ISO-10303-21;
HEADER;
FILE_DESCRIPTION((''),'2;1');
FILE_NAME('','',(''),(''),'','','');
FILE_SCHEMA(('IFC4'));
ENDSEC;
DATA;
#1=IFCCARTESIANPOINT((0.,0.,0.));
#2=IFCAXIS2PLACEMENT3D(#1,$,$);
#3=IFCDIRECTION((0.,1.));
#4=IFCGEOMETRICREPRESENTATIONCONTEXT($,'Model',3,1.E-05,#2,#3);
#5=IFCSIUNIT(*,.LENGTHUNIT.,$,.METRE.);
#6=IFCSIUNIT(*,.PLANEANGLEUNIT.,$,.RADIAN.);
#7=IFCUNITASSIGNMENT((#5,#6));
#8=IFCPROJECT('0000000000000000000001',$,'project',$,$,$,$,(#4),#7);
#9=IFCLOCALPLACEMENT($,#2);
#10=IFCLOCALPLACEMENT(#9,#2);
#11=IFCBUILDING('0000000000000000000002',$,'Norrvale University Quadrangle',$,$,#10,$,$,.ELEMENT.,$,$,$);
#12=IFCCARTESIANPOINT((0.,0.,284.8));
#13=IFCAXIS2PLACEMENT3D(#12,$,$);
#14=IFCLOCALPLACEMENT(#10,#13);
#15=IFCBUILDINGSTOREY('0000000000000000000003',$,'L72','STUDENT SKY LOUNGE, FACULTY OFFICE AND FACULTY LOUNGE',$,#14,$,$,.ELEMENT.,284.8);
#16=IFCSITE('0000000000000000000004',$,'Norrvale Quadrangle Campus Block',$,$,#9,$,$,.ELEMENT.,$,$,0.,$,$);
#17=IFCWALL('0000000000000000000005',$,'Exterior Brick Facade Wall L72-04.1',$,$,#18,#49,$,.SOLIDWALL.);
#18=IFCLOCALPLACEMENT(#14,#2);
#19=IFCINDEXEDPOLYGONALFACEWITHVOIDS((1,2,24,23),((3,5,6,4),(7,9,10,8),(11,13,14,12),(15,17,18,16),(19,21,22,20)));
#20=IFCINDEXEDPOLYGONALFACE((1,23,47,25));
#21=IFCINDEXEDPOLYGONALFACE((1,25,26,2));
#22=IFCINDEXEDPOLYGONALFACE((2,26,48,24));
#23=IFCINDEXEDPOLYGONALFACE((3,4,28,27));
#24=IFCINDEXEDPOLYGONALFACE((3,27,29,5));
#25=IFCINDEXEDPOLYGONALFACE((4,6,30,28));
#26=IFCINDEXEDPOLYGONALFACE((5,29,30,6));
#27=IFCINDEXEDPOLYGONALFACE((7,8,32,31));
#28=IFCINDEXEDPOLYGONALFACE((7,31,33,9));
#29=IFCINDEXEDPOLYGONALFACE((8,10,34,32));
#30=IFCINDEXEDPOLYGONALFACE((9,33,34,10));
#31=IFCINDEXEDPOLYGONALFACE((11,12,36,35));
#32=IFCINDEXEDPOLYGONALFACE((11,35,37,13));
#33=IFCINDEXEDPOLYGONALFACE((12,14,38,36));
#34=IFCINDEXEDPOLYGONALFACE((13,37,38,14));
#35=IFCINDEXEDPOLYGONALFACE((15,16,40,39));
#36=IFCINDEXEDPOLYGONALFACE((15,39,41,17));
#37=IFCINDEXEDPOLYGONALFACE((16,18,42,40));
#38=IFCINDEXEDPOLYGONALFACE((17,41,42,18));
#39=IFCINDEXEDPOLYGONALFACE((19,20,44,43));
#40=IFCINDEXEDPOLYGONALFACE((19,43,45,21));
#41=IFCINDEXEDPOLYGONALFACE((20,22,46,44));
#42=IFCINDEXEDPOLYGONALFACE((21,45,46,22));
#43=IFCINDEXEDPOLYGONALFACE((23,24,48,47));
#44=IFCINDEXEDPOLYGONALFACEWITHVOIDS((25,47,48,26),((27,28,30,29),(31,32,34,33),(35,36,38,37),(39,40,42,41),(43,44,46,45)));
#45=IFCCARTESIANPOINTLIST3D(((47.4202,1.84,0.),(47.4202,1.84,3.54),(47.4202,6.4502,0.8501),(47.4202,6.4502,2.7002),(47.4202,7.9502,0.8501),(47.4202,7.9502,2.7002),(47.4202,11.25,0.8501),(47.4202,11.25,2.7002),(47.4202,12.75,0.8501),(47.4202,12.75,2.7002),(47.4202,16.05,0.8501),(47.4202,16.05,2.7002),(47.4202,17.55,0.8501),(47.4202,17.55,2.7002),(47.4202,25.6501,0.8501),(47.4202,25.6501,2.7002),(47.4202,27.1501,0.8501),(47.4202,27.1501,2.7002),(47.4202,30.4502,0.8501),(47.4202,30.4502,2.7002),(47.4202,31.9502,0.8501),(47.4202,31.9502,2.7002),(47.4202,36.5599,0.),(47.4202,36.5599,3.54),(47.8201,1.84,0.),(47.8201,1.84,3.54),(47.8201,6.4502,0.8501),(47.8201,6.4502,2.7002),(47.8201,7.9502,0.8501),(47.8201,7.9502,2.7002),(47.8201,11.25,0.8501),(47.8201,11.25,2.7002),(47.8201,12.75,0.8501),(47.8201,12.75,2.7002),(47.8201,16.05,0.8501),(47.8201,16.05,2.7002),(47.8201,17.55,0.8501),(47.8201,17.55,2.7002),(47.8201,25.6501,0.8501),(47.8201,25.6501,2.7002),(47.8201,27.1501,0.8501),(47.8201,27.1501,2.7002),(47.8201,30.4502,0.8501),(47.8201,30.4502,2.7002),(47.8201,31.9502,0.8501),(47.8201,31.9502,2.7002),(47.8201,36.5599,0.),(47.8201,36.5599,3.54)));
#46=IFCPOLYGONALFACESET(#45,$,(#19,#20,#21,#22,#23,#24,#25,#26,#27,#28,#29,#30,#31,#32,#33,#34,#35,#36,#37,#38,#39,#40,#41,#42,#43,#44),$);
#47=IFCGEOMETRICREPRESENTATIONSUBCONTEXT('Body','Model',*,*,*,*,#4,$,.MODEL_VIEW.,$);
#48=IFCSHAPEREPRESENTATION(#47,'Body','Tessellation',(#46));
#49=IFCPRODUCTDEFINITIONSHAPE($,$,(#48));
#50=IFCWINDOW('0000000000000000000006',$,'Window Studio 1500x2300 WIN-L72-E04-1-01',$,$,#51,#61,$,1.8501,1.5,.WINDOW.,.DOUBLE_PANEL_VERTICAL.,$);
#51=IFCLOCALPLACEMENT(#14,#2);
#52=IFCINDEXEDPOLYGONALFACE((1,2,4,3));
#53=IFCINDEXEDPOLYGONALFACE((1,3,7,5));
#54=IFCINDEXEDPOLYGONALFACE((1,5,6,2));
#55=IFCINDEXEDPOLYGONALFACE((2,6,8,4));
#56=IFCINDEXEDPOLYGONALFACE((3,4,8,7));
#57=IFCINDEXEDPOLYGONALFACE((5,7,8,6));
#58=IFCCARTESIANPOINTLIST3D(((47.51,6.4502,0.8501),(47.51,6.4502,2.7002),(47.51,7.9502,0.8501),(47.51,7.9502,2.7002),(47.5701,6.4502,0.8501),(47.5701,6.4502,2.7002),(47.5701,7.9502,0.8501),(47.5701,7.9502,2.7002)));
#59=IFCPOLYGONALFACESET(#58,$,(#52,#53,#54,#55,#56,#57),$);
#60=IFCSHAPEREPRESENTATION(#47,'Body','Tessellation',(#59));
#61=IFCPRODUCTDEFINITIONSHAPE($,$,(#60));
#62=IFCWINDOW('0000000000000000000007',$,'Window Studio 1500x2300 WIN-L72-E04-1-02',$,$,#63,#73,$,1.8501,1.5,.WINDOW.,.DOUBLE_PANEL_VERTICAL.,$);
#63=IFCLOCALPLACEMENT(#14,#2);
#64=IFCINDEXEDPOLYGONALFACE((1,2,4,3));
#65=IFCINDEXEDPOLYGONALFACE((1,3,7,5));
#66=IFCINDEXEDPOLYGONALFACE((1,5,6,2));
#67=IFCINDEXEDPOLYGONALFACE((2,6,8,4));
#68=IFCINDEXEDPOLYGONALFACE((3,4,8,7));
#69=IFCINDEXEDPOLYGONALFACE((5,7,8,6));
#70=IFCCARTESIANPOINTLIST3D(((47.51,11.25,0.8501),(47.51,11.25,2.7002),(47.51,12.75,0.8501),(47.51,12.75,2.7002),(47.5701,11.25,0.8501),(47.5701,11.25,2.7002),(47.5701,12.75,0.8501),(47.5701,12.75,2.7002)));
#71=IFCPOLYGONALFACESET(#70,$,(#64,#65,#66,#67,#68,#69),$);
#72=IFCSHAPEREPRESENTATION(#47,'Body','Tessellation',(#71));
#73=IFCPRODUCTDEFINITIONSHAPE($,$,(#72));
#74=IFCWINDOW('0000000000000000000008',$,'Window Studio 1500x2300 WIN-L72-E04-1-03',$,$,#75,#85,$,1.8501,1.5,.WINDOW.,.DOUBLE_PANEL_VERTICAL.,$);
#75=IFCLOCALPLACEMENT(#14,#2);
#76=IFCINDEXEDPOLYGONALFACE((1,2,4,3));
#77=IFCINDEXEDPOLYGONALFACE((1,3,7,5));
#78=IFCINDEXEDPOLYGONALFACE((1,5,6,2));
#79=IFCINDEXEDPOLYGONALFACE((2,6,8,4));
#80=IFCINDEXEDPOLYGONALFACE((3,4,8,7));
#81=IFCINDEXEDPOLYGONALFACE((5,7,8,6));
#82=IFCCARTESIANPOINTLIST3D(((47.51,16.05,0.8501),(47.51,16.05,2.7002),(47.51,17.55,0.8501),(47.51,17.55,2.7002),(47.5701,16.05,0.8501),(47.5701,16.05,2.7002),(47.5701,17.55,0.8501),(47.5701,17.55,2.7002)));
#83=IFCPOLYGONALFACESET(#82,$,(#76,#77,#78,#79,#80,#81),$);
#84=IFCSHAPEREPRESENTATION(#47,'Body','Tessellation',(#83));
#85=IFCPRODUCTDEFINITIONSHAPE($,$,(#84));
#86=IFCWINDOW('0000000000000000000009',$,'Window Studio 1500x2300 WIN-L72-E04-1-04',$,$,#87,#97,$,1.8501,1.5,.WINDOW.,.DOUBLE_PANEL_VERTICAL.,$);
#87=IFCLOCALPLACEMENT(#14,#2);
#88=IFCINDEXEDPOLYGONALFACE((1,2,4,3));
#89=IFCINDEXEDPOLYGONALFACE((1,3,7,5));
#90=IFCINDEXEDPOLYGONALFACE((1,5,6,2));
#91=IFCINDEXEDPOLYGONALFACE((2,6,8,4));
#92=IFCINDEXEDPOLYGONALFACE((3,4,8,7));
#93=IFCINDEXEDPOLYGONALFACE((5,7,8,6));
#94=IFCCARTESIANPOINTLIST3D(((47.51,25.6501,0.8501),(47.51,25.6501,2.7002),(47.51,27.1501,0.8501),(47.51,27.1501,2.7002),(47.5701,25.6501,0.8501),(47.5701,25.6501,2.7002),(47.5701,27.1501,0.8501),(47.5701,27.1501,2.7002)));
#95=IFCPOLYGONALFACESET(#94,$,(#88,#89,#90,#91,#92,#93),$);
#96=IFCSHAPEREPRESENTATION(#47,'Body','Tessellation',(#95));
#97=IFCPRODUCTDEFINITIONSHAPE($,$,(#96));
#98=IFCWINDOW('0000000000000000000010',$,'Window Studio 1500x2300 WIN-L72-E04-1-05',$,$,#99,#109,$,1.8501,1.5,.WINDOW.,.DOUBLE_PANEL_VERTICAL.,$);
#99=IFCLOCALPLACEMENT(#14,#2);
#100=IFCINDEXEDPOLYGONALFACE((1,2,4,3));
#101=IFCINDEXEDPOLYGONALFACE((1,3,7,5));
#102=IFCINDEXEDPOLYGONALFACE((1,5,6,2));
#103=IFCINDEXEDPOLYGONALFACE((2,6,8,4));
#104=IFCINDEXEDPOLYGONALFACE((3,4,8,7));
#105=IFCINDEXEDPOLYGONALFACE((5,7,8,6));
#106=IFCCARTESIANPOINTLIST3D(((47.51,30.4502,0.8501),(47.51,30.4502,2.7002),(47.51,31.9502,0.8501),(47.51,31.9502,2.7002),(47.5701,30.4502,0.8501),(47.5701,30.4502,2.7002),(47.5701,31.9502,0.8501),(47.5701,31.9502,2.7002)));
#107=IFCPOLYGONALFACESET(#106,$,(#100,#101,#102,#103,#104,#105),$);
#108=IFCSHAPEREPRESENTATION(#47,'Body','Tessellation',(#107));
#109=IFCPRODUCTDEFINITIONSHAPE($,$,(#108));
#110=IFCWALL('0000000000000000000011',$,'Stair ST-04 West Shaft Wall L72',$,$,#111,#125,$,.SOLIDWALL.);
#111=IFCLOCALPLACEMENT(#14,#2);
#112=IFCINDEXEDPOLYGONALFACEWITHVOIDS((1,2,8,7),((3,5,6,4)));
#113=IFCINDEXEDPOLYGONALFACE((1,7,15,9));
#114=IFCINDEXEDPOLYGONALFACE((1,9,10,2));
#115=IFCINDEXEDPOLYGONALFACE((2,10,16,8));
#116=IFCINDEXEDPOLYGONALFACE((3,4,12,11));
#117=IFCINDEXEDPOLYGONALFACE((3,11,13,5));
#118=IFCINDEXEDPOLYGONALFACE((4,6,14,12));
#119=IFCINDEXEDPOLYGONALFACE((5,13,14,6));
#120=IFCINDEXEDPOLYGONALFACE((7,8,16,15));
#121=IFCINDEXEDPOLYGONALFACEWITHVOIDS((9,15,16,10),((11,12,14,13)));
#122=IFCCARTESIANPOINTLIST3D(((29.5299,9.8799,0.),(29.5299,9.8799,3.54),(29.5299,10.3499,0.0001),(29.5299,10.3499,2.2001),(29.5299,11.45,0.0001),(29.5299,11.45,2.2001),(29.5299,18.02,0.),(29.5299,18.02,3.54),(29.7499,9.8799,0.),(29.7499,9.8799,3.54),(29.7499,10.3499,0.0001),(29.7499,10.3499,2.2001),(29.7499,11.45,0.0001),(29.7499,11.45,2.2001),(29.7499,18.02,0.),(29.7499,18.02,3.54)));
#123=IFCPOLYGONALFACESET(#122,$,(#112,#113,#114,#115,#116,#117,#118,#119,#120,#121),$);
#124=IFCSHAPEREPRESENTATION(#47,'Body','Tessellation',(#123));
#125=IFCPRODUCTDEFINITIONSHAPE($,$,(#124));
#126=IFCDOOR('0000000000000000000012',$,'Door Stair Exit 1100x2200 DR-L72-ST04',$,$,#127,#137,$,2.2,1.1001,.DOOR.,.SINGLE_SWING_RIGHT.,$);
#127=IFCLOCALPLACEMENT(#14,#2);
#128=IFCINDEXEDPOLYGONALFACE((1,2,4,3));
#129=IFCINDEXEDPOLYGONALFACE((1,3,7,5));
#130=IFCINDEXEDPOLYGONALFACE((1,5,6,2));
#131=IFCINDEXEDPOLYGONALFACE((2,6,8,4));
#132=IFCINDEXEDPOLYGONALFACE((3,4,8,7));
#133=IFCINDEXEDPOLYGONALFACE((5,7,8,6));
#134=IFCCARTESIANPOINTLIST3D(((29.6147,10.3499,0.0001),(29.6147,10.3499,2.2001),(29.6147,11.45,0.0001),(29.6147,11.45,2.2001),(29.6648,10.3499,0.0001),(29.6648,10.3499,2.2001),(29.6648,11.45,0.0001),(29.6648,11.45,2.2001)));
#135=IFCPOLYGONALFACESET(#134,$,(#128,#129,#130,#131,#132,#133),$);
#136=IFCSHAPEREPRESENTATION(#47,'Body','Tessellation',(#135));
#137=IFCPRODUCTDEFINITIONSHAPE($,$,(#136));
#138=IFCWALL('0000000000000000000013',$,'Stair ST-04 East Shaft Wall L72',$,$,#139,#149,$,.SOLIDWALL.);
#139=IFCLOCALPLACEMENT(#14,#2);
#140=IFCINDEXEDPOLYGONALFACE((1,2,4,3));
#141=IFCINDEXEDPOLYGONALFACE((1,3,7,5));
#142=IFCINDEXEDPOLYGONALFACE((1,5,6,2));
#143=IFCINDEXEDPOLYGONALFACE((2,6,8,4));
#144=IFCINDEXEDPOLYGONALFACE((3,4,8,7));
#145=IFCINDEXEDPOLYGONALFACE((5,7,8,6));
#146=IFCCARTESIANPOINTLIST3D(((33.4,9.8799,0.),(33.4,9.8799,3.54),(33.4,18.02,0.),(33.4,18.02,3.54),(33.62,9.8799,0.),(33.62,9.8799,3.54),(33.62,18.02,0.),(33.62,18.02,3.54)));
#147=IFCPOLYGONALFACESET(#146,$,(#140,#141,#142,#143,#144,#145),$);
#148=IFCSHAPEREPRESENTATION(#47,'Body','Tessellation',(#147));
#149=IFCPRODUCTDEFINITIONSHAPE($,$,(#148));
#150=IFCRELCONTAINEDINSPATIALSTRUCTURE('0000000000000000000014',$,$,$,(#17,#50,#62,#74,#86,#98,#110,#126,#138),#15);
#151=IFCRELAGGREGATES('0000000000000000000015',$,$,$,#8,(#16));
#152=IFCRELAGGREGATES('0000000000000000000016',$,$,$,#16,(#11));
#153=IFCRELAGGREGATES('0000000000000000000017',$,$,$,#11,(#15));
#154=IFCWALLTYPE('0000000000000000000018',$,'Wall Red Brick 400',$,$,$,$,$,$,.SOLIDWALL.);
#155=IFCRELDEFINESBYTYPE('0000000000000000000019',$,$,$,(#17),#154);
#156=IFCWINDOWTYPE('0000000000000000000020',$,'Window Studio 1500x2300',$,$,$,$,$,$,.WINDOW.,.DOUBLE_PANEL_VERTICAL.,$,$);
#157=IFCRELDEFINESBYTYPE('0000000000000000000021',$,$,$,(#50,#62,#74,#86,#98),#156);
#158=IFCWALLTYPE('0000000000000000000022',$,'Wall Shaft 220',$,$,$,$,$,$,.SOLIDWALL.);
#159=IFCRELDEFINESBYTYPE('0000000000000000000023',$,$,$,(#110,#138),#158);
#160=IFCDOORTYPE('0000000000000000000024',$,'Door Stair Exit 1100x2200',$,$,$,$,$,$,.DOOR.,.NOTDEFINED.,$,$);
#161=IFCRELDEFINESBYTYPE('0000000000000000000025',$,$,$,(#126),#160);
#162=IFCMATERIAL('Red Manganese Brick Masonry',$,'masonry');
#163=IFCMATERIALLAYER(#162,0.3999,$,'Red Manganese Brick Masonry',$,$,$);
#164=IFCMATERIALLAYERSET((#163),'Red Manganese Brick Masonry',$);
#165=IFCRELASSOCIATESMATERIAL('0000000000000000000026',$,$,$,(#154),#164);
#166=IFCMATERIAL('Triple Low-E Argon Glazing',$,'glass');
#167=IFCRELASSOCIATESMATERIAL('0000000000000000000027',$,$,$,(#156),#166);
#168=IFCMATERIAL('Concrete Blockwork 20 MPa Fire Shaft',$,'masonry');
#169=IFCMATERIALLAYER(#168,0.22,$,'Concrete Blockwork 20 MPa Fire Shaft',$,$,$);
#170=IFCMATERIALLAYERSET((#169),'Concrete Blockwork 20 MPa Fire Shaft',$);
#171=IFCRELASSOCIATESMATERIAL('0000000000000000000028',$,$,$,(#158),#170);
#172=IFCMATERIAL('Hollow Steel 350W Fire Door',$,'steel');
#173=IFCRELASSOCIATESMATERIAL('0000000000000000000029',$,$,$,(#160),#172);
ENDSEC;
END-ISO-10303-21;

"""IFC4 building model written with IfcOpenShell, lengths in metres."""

from ifc_helpers import new_model, si_unit, direction, frame, frame_2d, origin, place, context, subcontext, project, spatial, rectangle, extrude, material, layer, layer_set, type_object, element, fill, save


model = new_model("IFC4")

# Units and contexts
model_context = context("Model", 3, precision=1e-05, world=origin(), true_north=direction((0.0, 1.0)))
body_context = subcontext(model_context, "Body", "Model", "MODEL_VIEW")
ifc_project = project(units=[si_unit("LENGTHUNIT", "METRE"), si_unit("PLANEANGLEUNIT", "RADIAN")], contexts=[model_context])

# Site, building, storey
site_placement = place(None, origin())
site = spatial("IfcSite", under=ifc_project, at=site_placement, Name="Norrvale Quadrangle Campus Block", CompositionType="ELEMENT", RefElevation=0.0)
building_placement = place(site_placement, origin())
building = spatial("IfcBuilding", under=site, at=building_placement, Name="Norrvale University Quadrangle", CompositionType="ELEMENT")
storey_placement = place(building_placement, frame((0.0, 0.0, 284.8)))
storey = spatial("IfcBuildingStorey", under=building, at=storey_placement, Name="L72", Description="STUDENT SKY LOUNGE, FACULTY OFFICE AND FACULTY LOUNGE", CompositionType="ELEMENT", Elevation=284.8)

# Shared definitions
ifc_material_1 = material(Name="Red Manganese Brick Masonry", Category="masonry")
ifc_layer_1 = layer(ifc_material_1, 0.3999, Name="Red Manganese Brick Masonry")
ifc_layer_set_1 = layer_set([ifc_layer_1], Name="Red Manganese Brick Masonry")
wall_type_1 = type_object("IfcWallType", Name="Wall Red Brick 400", PredefinedType="SOLIDWALL", material=ifc_layer_set_1)

# Wall, openings, windows
wall_1_placement = place(storey_placement, frame((47.6201, 1.8401, 0.0), z_axis=(0.0, 0.0, 1.0), x_axis=(0.0, 1.0, 0.0)))
wall_1 = element("IfcWall", 1, at=wall_1_placement, inside=storey, type_object=wall_type_1, Name="Exterior Brick Facade Wall L72-04.1", PredefinedType="SOLIDWALL", context=body_context, shape_type="SweptSolid", body=[
    extrude(rectangle(XDim=34.72, YDim=0.3999, at=frame_2d((17.3599, 0.0))), origin(), (0.0, 0.0, 1.0), 3.54),
])
opening_1_placement = place(wall_1_placement, frame((4.6101, 0.0, 0.8501)))
opening_1 = element("IfcOpeningElement", 2, at=opening_1_placement, cuts=wall_1, PredefinedType="OPENING", context=body_context, shape_type="SweptSolid", body=[
    extrude(rectangle(XDim=1.5, YDim=1.8501, at=frame_2d((0.75, 0.925))), frame((0.0, 0.2119, 0.0), z_axis=(0.0, -1.0, 0.0), x_axis=(1.0, 0.0, 0.0)), (0.0, 0.0, 1.0), 0.4238),
])
opening_2_placement = place(wall_1_placement, frame((9.4099, 0.0, 0.8501)))
opening_2 = element("IfcOpeningElement", 3, at=opening_2_placement, cuts=wall_1, PredefinedType="OPENING", context=body_context, shape_type="SweptSolid", body=[
    extrude(rectangle(XDim=1.5, YDim=1.8501, at=frame_2d((0.75, 0.925))), frame((0.0, 0.2119, 0.0), z_axis=(0.0, -1.0, 0.0), x_axis=(1.0, 0.0, 0.0)), (0.0, 0.0, 1.0), 0.4238),
])
opening_3_placement = place(wall_1_placement, frame((14.21, 0.0, 0.8501)))
opening_3 = element("IfcOpeningElement", 4, at=opening_3_placement, cuts=wall_1, PredefinedType="OPENING", context=body_context, shape_type="SweptSolid", body=[
    extrude(rectangle(XDim=1.5, YDim=1.8501, at=frame_2d((0.75, 0.925))), frame((0.0, 0.2119, 0.0), z_axis=(0.0, -1.0, 0.0), x_axis=(1.0, 0.0, 0.0)), (0.0, 0.0, 1.0), 0.4238),
])
opening_4_placement = place(wall_1_placement, frame((23.8101, 0.0, 0.8501)))
opening_4 = element("IfcOpeningElement", 5, at=opening_4_placement, cuts=wall_1, PredefinedType="OPENING", context=body_context, shape_type="SweptSolid", body=[
    extrude(rectangle(XDim=1.5, YDim=1.8501, at=frame_2d((0.75, 0.925))), frame((0.0, 0.2119, 0.0), z_axis=(0.0, -1.0, 0.0), x_axis=(1.0, 0.0, 0.0)), (0.0, 0.0, 1.0), 0.4238),
])
opening_5_placement = place(wall_1_placement, frame((28.6101, 0.0, 0.8501)))
opening_5 = element("IfcOpeningElement", 6, at=opening_5_placement, cuts=wall_1, PredefinedType="OPENING", context=body_context, shape_type="SweptSolid", body=[
    extrude(rectangle(XDim=1.5, YDim=1.8501, at=frame_2d((0.75, 0.925))), frame((0.0, 0.2119, 0.0), z_axis=(0.0, -1.0, 0.0), x_axis=(1.0, 0.0, 0.0)), (0.0, 0.0, 1.0), 0.4238),
])
ifc_material_2 = material(Name="Triple Low-E Argon Glazing", Category="glass")
window_type = type_object("IfcWindowType", Name="Window Studio 1500x2300", PartitioningType="DOUBLE_PANEL_VERTICAL", PredefinedType="WINDOW", material=ifc_material_2)
window_1_placement = place(opening_1_placement, origin())
window_1 = element("IfcWindow", 7, at=window_1_placement, inside=storey, type_object=window_type, Name="Window Studio 1500x2300 WIN-L72-E04-1-01", OverallHeight=1.8501, OverallWidth=1.5, PartitioningType="DOUBLE_PANEL_VERTICAL", PredefinedType="WINDOW", context=body_context, shape_type="SweptSolid", body=[
    extrude(rectangle(XDim=1.5, YDim=1.8501, at=frame_2d((0.75, 0.925))), frame((0.0, 0.1101, 0.0), z_axis=(0.0, -1.0, 0.0), x_axis=(1.0, 0.0, 0.0)), (0.0, 0.0, 1.0), 0.0601),
])
fill(opening_1, window_1)
window_2_placement = place(opening_2_placement, origin())
window_2 = element("IfcWindow", 8, at=window_2_placement, inside=storey, type_object=window_type, Name="Window Studio 1500x2300 WIN-L72-E04-1-02", OverallHeight=1.8501, OverallWidth=1.5, PartitioningType="DOUBLE_PANEL_VERTICAL", PredefinedType="WINDOW", context=body_context, shape_type="SweptSolid", body=[
    extrude(rectangle(XDim=1.5, YDim=1.8501, at=frame_2d((0.75, 0.925))), frame((0.0, 0.1101, 0.0), z_axis=(0.0, -1.0, 0.0), x_axis=(1.0, 0.0, 0.0)), (0.0, 0.0, 1.0), 0.0601),
])
fill(opening_2, window_2)
window_3_placement = place(opening_3_placement, origin())
window_3 = element("IfcWindow", 9, at=window_3_placement, inside=storey, type_object=window_type, Name="Window Studio 1500x2300 WIN-L72-E04-1-03", OverallHeight=1.8501, OverallWidth=1.5, PartitioningType="DOUBLE_PANEL_VERTICAL", PredefinedType="WINDOW", context=body_context, shape_type="SweptSolid", body=[
    extrude(rectangle(XDim=1.5, YDim=1.8501, at=frame_2d((0.75, 0.925))), frame((0.0, 0.1101, 0.0), z_axis=(0.0, -1.0, 0.0), x_axis=(1.0, 0.0, 0.0)), (0.0, 0.0, 1.0), 0.0601),
])
fill(opening_3, window_3)
window_4_placement = place(opening_4_placement, origin())
window_4 = element("IfcWindow", 10, at=window_4_placement, inside=storey, type_object=window_type, Name="Window Studio 1500x2300 WIN-L72-E04-1-04", OverallHeight=1.8501, OverallWidth=1.5, PartitioningType="DOUBLE_PANEL_VERTICAL", PredefinedType="WINDOW", context=body_context, shape_type="SweptSolid", body=[
    extrude(rectangle(XDim=1.5, YDim=1.8501, at=frame_2d((0.75, 0.925))), frame((0.0, 0.1101, 0.0), z_axis=(0.0, -1.0, 0.0), x_axis=(1.0, 0.0, 0.0)), (0.0, 0.0, 1.0), 0.0601),
])
fill(opening_4, window_4)
window_5_placement = place(opening_5_placement, origin())
window_5 = element("IfcWindow", 11, at=window_5_placement, inside=storey, type_object=window_type, Name="Window Studio 1500x2300 WIN-L72-E04-1-05", OverallHeight=1.8501, OverallWidth=1.5, PartitioningType="DOUBLE_PANEL_VERTICAL", PredefinedType="WINDOW", context=body_context, shape_type="SweptSolid", body=[
    extrude(rectangle(XDim=1.5, YDim=1.8501, at=frame_2d((0.75, 0.925))), frame((0.0, 0.1101, 0.0), z_axis=(0.0, -1.0, 0.0), x_axis=(1.0, 0.0, 0.0)), (0.0, 0.0, 1.0), 0.0601),
])
fill(opening_5, window_5)

# Wall, opening, door
ifc_material_3 = material(Name="Concrete Blockwork 20 MPa Fire Shaft", Category="masonry")
ifc_layer_2 = layer(ifc_material_3, 0.22, Name="Concrete Blockwork 20 MPa Fire Shaft")
ifc_layer_set_2 = layer_set([ifc_layer_2], Name="Concrete Blockwork 20 MPa Fire Shaft")
wall_type_2 = type_object("IfcWallType", Name="Wall Shaft 220", PredefinedType="SOLIDWALL", material=ifc_layer_set_2)
wall_2_placement = place(storey_placement, frame((29.6399, 9.8799, 0.0), z_axis=(0.0, 0.0, 1.0), x_axis=(0.0, 1.0, 0.0)))
wall_2 = element("IfcWall", 12, at=wall_2_placement, inside=storey, type_object=wall_type_2, Name="Stair ST-04 West Shaft Wall L72", PredefinedType="SOLIDWALL", context=body_context, shape_type="SweptSolid", body=[
    extrude(rectangle(XDim=8.1401, YDim=0.22, at=frame_2d((4.0701, 0.0))), origin(), (0.0, 0.0, 1.0), 3.54),
])
opening_6_placement = place(wall_2_placement, frame((0.47, 0.0, 0.0)))
opening_6 = element("IfcOpeningElement", 13, at=opening_6_placement, cuts=wall_2, PredefinedType="OPENING", context=body_context, shape_type="SweptSolid", body=[
    extrude(rectangle(XDim=1.1001, YDim=2.2, at=frame_2d((0.55, 1.1001))), frame((0.0, 0.1221, 0.0), z_axis=(0.0, -1.0, 0.0), x_axis=(1.0, 0.0, 0.0)), (0.0, 0.0, 1.0), 0.2439),
])
ifc_material_4 = material(Name="Hollow Steel 350W Fire Door", Category="steel")
door_type = type_object("IfcDoorType", Name="Door Stair Exit 1100x2200", OperationType="NOTDEFINED", PredefinedType="DOOR", material=ifc_material_4)
door_placement = place(opening_6_placement, frame((1.1001, 0.0, 0.0), z_axis=(0.0, 0.0, 1.0), x_axis=(-1.0, 0.0, 0.0)))
door = element("IfcDoor", 14, at=door_placement, inside=storey, type_object=door_type, Name="Door Stair Exit 1100x2200 DR-L72-ST04", OperationType="SINGLE_SWING_RIGHT", OverallHeight=2.2, OverallWidth=1.1001, PredefinedType="DOOR", context=body_context, shape_type="SweptSolid", body=[
    extrude(rectangle(XDim=1.1001, YDim=2.2, at=frame_2d((0.55, 1.1001))), frame((0.0, 0.0249, 0.0), z_axis=(0.0, -1.0, 0.0), x_axis=(1.0, 0.0, 0.0)), (0.0, 0.0, 1.0), 0.05),
])
fill(opening_6, door)

# Wall
wall_3_placement = place(storey_placement, frame((33.51, 9.8799, 0.0), z_axis=(0.0, 0.0, 1.0), x_axis=(0.0, 1.0, 0.0)))
element("IfcWall", 15, at=wall_3_placement, inside=storey, type_object=wall_type_2, Name="Stair ST-04 East Shaft Wall L72", PredefinedType="SOLIDWALL", context=body_context, shape_type="SweptSolid", body=[
    extrude(rectangle(XDim=8.1401, YDim=0.22, at=frame_2d((4.0701, 0.0))), origin(), (0.0, 0.0, 1.0), 3.54),
])

save(model, "model.ifc")
